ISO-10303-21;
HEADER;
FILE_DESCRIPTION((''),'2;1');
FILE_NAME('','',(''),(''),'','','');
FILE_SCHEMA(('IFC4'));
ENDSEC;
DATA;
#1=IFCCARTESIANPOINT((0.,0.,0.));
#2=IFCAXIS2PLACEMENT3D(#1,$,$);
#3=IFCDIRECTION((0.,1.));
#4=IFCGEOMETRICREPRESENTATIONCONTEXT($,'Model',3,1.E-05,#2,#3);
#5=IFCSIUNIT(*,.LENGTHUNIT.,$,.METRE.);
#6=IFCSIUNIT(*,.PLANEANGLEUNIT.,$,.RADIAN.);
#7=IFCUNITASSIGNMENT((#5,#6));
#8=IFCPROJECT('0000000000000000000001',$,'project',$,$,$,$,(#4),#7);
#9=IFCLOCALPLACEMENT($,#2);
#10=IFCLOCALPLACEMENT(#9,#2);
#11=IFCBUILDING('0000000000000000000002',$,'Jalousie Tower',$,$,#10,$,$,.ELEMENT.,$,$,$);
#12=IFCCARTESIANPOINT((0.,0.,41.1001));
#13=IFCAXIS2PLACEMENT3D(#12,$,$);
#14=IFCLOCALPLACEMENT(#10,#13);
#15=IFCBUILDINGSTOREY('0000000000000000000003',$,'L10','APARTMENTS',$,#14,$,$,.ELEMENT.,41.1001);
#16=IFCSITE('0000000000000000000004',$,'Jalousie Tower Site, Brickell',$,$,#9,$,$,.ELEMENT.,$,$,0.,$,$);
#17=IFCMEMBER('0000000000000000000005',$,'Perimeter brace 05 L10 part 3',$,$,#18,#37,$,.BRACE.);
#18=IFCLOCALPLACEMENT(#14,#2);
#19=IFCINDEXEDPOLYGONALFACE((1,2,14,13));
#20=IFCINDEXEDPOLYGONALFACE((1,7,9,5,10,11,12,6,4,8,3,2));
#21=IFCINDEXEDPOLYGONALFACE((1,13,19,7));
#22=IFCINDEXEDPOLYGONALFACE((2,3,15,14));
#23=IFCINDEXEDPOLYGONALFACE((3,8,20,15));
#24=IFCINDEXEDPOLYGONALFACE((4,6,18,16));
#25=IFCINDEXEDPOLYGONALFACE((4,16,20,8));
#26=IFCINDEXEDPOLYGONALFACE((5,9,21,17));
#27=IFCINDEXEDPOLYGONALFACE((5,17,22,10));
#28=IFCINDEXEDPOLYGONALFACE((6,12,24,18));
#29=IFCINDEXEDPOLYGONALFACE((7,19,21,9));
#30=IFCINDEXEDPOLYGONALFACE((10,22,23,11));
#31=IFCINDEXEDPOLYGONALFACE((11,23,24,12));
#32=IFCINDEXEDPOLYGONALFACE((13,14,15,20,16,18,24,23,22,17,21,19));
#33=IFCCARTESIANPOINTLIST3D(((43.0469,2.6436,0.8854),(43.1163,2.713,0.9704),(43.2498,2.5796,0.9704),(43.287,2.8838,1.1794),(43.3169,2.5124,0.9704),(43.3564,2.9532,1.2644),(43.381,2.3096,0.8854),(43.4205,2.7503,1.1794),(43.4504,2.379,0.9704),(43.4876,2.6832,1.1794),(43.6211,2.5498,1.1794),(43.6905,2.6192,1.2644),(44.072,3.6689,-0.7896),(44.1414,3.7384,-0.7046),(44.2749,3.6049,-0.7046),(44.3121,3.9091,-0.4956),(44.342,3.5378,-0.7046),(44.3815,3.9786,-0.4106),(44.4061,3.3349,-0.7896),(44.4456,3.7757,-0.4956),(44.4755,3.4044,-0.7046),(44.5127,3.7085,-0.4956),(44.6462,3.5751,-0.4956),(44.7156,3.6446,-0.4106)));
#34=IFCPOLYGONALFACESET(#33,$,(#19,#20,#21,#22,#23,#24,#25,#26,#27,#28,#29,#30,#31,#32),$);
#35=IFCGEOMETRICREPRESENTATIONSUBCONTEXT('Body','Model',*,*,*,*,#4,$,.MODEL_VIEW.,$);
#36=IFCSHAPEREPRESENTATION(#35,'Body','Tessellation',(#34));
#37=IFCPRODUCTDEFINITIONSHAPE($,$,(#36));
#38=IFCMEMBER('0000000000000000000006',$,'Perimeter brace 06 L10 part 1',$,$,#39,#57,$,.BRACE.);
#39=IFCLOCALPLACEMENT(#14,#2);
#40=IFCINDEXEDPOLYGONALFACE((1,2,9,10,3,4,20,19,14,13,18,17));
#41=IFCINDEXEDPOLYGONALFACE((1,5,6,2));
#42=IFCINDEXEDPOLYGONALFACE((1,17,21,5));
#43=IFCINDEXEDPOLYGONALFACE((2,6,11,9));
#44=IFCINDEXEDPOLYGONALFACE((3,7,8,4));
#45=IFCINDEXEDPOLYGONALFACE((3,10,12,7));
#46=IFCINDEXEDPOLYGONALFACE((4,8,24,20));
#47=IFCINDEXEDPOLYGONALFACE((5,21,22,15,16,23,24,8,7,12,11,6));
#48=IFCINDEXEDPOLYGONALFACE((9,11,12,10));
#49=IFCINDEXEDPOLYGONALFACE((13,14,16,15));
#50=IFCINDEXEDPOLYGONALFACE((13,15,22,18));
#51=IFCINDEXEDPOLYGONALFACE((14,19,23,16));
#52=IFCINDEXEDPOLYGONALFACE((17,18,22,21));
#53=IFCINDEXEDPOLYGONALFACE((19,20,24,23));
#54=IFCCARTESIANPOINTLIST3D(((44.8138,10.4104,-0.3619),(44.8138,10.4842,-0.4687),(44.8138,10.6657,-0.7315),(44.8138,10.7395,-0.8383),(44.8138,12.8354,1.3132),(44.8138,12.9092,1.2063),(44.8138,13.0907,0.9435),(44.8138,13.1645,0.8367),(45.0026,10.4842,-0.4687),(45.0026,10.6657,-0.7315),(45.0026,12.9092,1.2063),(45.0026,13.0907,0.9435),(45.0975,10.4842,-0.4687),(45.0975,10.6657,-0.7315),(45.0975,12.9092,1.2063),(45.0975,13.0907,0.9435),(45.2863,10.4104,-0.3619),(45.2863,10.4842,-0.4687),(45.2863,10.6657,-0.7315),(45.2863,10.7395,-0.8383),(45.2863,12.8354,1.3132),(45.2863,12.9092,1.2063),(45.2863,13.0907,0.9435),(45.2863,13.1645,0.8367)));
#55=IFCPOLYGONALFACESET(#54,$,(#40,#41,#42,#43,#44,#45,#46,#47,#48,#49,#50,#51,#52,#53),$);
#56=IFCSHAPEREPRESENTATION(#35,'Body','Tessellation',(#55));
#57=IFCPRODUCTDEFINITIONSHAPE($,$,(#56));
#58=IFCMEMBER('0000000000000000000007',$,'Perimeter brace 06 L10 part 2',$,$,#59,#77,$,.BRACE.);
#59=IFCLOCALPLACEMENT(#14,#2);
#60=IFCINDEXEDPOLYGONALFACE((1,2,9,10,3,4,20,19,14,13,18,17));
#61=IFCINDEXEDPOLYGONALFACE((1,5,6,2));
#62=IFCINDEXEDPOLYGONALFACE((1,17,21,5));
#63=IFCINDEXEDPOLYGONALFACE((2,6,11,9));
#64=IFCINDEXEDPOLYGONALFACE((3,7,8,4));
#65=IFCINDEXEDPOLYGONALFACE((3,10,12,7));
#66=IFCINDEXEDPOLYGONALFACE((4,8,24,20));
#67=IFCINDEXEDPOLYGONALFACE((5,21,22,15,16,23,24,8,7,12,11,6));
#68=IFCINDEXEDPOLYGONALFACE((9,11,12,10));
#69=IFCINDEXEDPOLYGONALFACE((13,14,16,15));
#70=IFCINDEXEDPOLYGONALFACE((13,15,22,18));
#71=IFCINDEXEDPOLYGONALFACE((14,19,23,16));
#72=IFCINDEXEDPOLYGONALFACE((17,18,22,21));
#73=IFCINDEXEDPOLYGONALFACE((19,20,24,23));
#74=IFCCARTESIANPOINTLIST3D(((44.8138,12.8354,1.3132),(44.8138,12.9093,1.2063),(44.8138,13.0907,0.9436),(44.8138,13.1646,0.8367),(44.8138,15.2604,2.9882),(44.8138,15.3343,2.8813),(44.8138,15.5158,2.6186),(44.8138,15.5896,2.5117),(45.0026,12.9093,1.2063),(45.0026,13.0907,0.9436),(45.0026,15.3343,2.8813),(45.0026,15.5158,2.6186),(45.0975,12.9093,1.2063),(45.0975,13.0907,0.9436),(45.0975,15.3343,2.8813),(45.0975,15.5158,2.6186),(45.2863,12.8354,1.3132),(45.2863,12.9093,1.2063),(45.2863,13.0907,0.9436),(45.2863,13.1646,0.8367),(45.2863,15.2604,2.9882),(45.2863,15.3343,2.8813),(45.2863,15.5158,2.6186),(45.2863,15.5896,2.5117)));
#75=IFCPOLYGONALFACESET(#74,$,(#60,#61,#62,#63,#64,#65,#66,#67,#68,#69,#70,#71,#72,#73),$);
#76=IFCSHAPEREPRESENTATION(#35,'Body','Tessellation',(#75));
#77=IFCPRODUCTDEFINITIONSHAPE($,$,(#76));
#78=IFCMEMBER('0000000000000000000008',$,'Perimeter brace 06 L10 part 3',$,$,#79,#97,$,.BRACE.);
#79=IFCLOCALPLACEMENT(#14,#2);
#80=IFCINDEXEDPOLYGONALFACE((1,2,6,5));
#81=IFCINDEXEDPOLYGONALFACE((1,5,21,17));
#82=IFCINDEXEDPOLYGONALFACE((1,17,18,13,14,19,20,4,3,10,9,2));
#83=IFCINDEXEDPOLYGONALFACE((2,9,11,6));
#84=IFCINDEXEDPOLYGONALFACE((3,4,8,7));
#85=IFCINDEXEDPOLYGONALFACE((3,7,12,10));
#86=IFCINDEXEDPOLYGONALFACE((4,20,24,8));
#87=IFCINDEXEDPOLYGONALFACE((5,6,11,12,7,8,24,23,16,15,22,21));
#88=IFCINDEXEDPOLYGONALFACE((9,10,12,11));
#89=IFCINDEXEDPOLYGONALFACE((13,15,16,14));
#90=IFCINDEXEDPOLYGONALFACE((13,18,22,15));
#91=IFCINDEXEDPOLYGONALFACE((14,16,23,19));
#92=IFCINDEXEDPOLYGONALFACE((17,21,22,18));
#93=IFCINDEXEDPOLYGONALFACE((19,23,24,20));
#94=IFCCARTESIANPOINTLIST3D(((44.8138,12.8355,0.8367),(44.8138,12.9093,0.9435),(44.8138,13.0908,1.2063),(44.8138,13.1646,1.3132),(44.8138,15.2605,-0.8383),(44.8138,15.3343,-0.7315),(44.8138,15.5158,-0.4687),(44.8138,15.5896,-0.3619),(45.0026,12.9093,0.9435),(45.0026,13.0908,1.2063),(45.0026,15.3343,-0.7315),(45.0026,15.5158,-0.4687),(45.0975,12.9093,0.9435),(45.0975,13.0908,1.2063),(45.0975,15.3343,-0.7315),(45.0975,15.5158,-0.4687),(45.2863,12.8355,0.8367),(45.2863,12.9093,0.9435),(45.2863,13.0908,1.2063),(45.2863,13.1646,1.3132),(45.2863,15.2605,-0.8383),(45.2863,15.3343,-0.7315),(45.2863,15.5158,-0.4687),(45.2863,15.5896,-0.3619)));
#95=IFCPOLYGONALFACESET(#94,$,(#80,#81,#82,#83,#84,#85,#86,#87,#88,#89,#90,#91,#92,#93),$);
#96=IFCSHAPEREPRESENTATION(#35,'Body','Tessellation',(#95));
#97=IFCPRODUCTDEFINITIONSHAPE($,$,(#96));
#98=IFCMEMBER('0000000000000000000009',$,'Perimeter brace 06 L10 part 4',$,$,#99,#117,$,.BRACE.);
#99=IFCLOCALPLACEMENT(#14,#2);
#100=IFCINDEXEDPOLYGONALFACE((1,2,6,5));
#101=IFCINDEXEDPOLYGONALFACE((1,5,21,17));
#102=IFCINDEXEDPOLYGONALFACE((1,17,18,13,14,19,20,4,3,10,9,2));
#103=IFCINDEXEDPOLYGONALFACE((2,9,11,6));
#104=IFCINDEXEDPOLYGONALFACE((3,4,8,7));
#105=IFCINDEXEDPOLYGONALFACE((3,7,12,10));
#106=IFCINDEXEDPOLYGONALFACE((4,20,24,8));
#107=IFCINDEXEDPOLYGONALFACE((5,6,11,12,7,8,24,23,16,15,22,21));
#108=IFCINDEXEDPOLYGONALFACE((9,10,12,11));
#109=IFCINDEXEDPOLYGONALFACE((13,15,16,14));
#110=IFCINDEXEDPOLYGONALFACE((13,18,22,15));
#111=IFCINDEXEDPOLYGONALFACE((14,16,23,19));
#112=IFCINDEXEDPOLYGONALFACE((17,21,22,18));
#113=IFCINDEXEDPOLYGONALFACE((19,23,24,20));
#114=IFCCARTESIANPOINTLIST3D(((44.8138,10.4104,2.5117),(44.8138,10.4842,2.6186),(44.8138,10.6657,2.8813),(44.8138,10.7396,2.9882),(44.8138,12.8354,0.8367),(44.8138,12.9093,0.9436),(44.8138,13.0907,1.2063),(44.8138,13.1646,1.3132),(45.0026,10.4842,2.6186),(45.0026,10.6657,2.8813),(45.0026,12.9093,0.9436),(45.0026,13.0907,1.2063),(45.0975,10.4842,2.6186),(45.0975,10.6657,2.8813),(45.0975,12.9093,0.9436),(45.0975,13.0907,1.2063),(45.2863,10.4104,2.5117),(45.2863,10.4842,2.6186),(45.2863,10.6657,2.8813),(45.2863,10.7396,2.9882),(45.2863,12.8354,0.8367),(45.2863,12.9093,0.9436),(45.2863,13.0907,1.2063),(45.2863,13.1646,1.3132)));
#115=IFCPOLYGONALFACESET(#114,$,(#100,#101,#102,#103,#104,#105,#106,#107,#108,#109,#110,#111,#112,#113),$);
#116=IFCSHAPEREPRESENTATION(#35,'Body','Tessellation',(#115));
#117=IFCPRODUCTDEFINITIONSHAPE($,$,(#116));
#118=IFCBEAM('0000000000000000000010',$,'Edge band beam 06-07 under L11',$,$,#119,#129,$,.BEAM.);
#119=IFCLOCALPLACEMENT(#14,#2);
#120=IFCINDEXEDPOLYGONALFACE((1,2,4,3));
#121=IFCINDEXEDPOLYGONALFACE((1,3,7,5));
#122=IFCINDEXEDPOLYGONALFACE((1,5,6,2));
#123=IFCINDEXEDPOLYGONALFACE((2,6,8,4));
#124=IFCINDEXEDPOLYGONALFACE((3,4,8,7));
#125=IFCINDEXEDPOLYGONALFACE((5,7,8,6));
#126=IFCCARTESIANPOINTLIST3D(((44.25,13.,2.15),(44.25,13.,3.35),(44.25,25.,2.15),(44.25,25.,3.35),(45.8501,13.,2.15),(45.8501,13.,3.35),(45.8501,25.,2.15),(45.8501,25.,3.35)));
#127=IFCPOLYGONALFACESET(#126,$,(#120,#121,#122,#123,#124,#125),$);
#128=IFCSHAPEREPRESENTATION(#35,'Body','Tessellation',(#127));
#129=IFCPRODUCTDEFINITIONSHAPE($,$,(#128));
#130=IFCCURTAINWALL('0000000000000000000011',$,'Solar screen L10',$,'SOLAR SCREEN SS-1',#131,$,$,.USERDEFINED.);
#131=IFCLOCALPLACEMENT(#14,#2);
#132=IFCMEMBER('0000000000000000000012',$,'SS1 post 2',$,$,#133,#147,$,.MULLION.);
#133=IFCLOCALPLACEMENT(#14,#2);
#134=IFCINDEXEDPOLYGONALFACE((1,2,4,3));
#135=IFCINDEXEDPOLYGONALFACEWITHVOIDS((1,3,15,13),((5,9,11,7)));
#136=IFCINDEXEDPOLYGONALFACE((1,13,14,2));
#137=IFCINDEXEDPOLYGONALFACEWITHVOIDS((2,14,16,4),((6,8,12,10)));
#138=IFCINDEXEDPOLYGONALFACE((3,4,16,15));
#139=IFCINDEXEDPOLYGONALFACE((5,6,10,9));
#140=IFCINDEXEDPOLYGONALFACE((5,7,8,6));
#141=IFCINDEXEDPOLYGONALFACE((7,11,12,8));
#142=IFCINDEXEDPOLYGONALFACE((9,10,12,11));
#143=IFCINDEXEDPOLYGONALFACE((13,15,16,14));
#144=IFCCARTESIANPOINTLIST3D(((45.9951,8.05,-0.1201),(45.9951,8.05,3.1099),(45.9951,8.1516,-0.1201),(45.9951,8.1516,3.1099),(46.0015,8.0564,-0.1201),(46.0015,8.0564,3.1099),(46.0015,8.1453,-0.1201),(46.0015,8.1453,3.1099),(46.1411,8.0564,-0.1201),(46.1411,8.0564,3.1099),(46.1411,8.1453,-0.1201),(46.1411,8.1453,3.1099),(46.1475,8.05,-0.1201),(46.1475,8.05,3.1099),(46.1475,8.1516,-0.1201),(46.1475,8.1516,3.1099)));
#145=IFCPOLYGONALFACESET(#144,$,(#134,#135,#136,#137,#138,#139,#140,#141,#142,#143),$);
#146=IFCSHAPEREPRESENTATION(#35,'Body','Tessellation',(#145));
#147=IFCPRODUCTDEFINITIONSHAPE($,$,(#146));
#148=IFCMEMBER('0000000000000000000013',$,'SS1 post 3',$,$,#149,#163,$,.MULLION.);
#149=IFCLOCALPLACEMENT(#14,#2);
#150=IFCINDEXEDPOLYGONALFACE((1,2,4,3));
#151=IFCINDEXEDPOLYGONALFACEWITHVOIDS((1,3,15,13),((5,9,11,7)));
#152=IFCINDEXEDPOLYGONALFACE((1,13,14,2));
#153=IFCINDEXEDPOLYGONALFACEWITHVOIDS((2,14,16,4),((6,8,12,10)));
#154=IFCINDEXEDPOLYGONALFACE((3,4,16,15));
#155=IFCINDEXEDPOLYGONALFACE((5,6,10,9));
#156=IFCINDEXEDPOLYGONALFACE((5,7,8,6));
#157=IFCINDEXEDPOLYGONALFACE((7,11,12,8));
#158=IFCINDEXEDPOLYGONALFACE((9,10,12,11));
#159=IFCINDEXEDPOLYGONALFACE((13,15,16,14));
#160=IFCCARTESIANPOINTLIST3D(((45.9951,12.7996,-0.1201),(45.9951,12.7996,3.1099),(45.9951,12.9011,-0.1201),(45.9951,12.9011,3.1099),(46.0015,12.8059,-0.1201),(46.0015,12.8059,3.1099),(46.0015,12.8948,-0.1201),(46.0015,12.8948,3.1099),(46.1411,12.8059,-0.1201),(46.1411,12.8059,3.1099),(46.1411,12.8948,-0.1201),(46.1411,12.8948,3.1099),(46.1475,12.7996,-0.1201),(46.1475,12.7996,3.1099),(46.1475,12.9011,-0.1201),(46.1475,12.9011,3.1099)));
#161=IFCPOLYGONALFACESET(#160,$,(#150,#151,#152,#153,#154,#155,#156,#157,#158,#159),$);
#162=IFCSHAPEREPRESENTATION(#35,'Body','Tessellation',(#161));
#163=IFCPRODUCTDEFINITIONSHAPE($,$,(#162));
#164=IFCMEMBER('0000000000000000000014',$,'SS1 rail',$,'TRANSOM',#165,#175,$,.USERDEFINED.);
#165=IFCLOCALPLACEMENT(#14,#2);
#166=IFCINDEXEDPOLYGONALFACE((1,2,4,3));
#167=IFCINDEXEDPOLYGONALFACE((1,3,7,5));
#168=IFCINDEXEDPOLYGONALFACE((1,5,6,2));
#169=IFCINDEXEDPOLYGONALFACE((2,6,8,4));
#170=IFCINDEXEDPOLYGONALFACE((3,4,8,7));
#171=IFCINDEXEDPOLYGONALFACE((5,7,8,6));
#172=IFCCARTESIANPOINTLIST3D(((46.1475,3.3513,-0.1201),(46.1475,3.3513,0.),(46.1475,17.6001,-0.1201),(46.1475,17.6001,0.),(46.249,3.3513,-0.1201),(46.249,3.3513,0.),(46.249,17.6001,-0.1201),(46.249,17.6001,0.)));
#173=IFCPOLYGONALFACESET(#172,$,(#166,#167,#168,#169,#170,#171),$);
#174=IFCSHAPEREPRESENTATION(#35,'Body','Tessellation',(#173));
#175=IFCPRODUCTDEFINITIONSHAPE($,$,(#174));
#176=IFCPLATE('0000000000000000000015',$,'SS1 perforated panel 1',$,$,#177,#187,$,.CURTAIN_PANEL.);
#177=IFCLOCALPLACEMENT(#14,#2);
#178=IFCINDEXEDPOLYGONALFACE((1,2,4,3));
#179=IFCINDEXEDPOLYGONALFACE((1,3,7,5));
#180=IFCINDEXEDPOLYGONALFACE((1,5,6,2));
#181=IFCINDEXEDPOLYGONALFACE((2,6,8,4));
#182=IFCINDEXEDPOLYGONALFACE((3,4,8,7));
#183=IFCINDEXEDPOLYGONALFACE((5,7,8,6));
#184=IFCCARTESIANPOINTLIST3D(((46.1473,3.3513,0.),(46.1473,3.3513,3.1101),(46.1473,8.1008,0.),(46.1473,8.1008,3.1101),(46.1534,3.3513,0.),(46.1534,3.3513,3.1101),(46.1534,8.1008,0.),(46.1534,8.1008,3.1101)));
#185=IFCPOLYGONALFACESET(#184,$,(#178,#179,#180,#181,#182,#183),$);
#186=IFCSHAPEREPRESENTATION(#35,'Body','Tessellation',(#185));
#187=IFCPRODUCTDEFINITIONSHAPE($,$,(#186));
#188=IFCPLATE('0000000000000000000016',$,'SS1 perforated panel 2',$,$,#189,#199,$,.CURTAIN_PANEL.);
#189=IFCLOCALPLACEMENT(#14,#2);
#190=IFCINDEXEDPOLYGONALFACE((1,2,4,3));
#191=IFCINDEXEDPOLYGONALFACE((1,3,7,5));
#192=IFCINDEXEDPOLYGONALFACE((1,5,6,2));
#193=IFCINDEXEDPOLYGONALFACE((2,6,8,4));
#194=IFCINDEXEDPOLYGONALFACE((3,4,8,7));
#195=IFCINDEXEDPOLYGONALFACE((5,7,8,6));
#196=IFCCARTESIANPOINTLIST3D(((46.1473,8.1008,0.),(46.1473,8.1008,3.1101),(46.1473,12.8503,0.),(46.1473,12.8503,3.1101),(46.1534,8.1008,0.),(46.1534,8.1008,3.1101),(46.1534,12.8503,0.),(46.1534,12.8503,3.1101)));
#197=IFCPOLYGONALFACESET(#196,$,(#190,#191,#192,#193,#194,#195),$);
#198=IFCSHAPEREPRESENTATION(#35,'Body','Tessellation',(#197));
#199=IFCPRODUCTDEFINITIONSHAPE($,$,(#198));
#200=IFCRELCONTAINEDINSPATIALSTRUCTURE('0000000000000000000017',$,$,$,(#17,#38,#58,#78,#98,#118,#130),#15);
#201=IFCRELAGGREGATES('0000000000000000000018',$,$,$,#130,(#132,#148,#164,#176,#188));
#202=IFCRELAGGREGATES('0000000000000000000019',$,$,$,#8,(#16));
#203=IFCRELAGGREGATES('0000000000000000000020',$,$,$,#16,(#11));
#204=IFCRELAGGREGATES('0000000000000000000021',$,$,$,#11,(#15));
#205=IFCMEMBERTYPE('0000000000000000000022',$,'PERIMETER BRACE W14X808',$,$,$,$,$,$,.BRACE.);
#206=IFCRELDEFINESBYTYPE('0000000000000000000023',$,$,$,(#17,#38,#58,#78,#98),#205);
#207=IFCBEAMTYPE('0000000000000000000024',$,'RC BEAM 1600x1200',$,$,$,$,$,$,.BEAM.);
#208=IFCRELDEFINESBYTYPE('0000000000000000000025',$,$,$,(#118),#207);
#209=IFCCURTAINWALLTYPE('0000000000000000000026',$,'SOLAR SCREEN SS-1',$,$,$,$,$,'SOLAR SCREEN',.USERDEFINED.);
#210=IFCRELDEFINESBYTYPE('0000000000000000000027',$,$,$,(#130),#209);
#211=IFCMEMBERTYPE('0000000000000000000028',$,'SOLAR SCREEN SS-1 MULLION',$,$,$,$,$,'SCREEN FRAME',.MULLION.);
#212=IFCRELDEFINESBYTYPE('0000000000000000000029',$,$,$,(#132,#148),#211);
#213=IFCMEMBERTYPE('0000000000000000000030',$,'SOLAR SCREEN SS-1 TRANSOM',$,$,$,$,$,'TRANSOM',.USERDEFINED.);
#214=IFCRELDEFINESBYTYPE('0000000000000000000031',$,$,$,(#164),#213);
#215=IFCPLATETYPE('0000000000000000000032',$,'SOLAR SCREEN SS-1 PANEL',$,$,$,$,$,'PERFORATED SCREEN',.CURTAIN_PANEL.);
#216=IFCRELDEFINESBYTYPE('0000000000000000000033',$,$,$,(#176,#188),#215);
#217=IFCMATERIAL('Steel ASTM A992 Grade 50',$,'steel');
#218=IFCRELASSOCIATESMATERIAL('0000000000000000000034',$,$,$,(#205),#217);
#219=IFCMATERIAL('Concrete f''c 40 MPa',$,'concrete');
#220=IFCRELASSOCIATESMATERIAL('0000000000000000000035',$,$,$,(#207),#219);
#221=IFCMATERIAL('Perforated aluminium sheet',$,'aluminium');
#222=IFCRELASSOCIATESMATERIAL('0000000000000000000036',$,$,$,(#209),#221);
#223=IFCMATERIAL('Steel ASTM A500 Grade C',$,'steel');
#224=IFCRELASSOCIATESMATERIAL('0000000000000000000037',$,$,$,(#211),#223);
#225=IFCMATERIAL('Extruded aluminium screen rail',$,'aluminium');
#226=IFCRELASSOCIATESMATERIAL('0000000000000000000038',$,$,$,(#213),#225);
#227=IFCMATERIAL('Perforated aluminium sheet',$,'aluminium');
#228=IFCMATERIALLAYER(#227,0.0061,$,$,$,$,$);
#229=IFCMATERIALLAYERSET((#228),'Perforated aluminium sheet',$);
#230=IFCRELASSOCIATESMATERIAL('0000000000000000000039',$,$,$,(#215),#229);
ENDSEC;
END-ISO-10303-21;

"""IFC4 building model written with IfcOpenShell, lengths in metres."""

from ifc_helpers import new_model, si_unit, direction, frame, origin, origin_2d, place, context, subcontext, project, spatial, rectangle, hollow_rectangle, i_section, extrude, material, layer, layer_set, material_profile, profile_set, type_object, element, aggregate, save


model = new_model("IFC4")

# Units and contexts
model_context = context("Model", 3, precision=1e-05, world=origin(), true_north=direction((0.0, 1.0)))
body_context = subcontext(model_context, "Body", "Model", "MODEL_VIEW")
ifc_project = project(units=[si_unit("LENGTHUNIT", "METRE"), si_unit("PLANEANGLEUNIT", "RADIAN")], contexts=[model_context])

# Site, building, storey
site_placement = place(None, origin())
site = spatial("IfcSite", under=ifc_project, at=site_placement, Name="Jalousie Tower Site, Brickell", CompositionType="ELEMENT", RefElevation=0.0)
building_placement = place(site_placement, origin())
building = spatial("IfcBuilding", under=site, at=building_placement, Name="Jalousie Tower", CompositionType="ELEMENT")
storey_placement = place(building_placement, frame((0.0, 0.0, 41.1001)))
storey = spatial("IfcBuildingStorey", under=building, at=storey_placement, Name="L10", Description="APARTMENTS", CompositionType="ELEMENT", Elevation=41.1001)

# Members
ifc_material_1 = material(Name="Steel ASTM A992 Grade 50", Category="steel")
ifc_material_profile_1 = material_profile(ifc_material_1, i_section(OverallWidth=0.4724, OverallDepth=0.5791, WebThickness=0.095, FlangeThickness=0.1299, at=origin_2d()), Name="W14X808")
ifc_profile_set_1 = profile_set([ifc_material_profile_1], Name="Steel ASTM A992 Grade 50")
member_type_1 = type_object("IfcMemberType", Name="PERIMETER BRACE W14X808", PredefinedType="BRACE", material=ifc_profile_set_1)
member_1_placement = place(storey_placement, frame((44.3938, 3.6567, -0.6001), z_axis=(-0.46273, -0.46284, 0.756082), x_axis=(0.707191, -0.707023, 0.0)))
element("IfcMember", 1, at=member_1_placement, inside=storey, type_object=member_type_1, Name="Perimeter brace 05 L10 part 3", PredefinedType="BRACE", context=body_context, shape_type="SweptSolid", body=[
    extrude(i_section(OverallWidth=0.4724, OverallDepth=0.5791, WebThickness=0.095, FlangeThickness=0.1299, at=origin_2d()), origin(), (0.0, 0.0, 1.0), 2.2153),
])
for number, where, z_axis, x_axis, name in (
    (2, (45.05, 10.575, -0.6001), (0.0, 0.8228, 0.568331), (-1.0, 0.0, 0.0), "Perimeter brace 06 L10 part 1"),
    (3, (45.05, 13.0, 1.075), (0.0, 0.8228, 0.568331), (-1.0, 0.0, 0.0), "Perimeter brace 06 L10 part 2"),
    (4, (45.05, 15.425, -0.6001), (0.0, -0.8228, 0.568331), (1.0, 0.0, 0.0), "Perimeter brace 06 L10 part 3"),
    (5, (45.05, 13.0, 1.075), (0.0, -0.8228, 0.568331), (1.0, 0.0, 0.0), "Perimeter brace 06 L10 part 4"),
):
    element("IfcMember", number, at=place(storey_placement, frame(where, z_axis=z_axis, x_axis=x_axis)), inside=storey, type_object=member_type_1, Name=name, PredefinedType="BRACE", context=body_context, shape_type="SweptSolid", body=[
        extrude(i_section(OverallWidth=0.4724, OverallDepth=0.5791, WebThickness=0.095, FlangeThickness=0.1299, at=origin_2d()), origin(), (0.0, 0.0, 1.0), 2.9473),
    ])

# Beam
ifc_material_2 = material(Name="Concrete f'c 40 MPa", Category="concrete")
ifc_material_profile_2 = material_profile(ifc_material_2, rectangle(XDim=1.6001, YDim=1.2, at=origin_2d()), Name="RC 1600x1200")
ifc_profile_set_2 = profile_set([ifc_material_profile_2], Name="Concrete f'c 40 MPa")
beam_type = type_object("IfcBeamType", Name="RC BEAM 1600x1200", PredefinedType="BEAM", material=ifc_profile_set_2)
beam_placement = place(storey_placement, frame((45.05, 13.0, 2.75), z_axis=(0.0, 1.0, 0.0), x_axis=(-1.0, 0.0, 0.0)))
element("IfcBeam", 6, at=beam_placement, inside=storey, type_object=beam_type, Name="Edge band beam 06-07 under L11", PredefinedType="BEAM", context=body_context, shape_type="SweptSolid", body=[
    extrude(rectangle(XDim=1.6001, YDim=1.2, at=origin_2d()), origin(), (0.0, 0.0, 1.0), 12.0),
])

# Curtain wall, members, plates
ifc_material_3 = material(Name="Perforated aluminium sheet", Category="aluminium")
curtain_wall_type = type_object("IfcCurtainWallType", Name="SOLAR SCREEN SS-1", ElementType="SOLAR SCREEN", PredefinedType="USERDEFINED", material=ifc_material_3)
curtain_wall_placement = place(storey_placement, origin())
curtain_wall = element("IfcCurtainWall", 7, at=curtain_wall_placement, inside=storey, type_object=curtain_wall_type, Name="Solar screen L10", ObjectType="SOLAR SCREEN SS-1", PredefinedType="USERDEFINED")
ifc_material_4 = material(Name="Steel ASTM A500 Grade C", Category="steel")
ifc_material_profile_3 = material_profile(ifc_material_4, hollow_rectangle(XDim=0.1016, YDim=0.1523, WallThickness=0.0063, at=origin_2d()), Name="HSS6X4X1/4")
ifc_profile_set_3 = profile_set([ifc_material_profile_3], Name="Steel ASTM A500 Grade C")
member_type_2 = type_object("IfcMemberType", Name="SOLAR SCREEN SS-1 MULLION", ElementType="SCREEN FRAME", PredefinedType="MULLION", material=ifc_profile_set_3)
member_2_placement = place(storey_placement, frame((46.0713, 8.1008, -0.1201), z_axis=(0.0, 0.0, 1.0), x_axis=(0.0, 1.0, 0.0)))
member_2 = element("IfcMember", 8, at=member_2_placement, type_object=member_type_2, Name="SS1 post 2", PredefinedType="MULLION", context=body_context, shape_type="SweptSolid", body=[
    extrude(hollow_rectangle(XDim=0.1016, YDim=0.1523, WallThickness=0.0063, at=origin_2d()), origin(), (0.0, 0.0, 1.0), 3.23),
])
member_3_placement = place(storey_placement, frame((46.0713, 12.8503, -0.1201), z_axis=(0.0, 0.0, 1.0), x_axis=(0.0, 1.0, 0.0)))
member_3 = element("IfcMember", 9, at=member_3_placement, type_object=member_type_2, Name="SS1 post 3", PredefinedType="MULLION", context=body_context, shape_type="SweptSolid", body=[
    extrude(hollow_rectangle(XDim=0.1016, YDim=0.1523, WallThickness=0.0063, at=origin_2d()), origin(), (0.0, 0.0, 1.0), 3.23),
])
ifc_material_5 = material(Name="Extruded aluminium screen rail", Category="aluminium")
ifc_material_profile_4 = material_profile(ifc_material_5, rectangle(XDim=0.1016, YDim=0.1201, at=origin_2d()), Name="RAIL 102x120")
ifc_profile_set_4 = profile_set([ifc_material_profile_4], Name="Extruded aluminium screen rail")
member_type_3 = type_object("IfcMemberType", Name="SOLAR SCREEN SS-1 TRANSOM", ElementType="TRANSOM", PredefinedType="USERDEFINED", material=ifc_profile_set_4)
member_4_placement = place(storey_placement, frame((46.1982, 3.3513, -0.0601), z_axis=(0.0, 1.0, 0.0), x_axis=(-1.0, 0.0, 0.0)))
member_4 = element("IfcMember", 10, at=member_4_placement, type_object=member_type_3, Name="SS1 rail", ObjectType="TRANSOM", PredefinedType="USERDEFINED", context=body_context, shape_type="SweptSolid", body=[
    extrude(rectangle(XDim=0.1016, YDim=0.1201, at=origin_2d()), origin(), (0.0, 0.0, 1.0), 14.2488),
])
ifc_material_6 = material(Name="Perforated aluminium sheet", Category="aluminium")
ifc_layer_1 = layer(ifc_material_6, 0.0061)
ifc_layer_set_1 = layer_set([ifc_layer_1], Name="Perforated aluminium sheet")
plate_type = type_object("IfcPlateType", Name="SOLAR SCREEN SS-1 PANEL", ElementType="PERFORATED SCREEN", PredefinedType="CURTAIN_PANEL", material=ifc_layer_set_1)
plate_1_placement = place(storey_placement, frame((46.1504, 5.7261, 0.0), z_axis=(0.0, 0.0, 1.0), x_axis=(0.0, 1.0, 0.0)))
plate_1 = element("IfcPlate", 11, at=plate_1_placement, type_object=plate_type, Name="SS1 perforated panel 1", PredefinedType="CURTAIN_PANEL", context=body_context, shape_type="SweptSolid", body=[
    extrude(rectangle(XDim=4.7495, YDim=0.0061, at=origin_2d()), origin(), (0.0, 0.0, 1.0), 3.1101),
])
plate_2_placement = place(storey_placement, frame((46.1504, 10.4756, 0.0), z_axis=(0.0, 0.0, 1.0), x_axis=(0.0, 1.0, 0.0)))
plate_2 = element("IfcPlate", 12, at=plate_2_placement, type_object=plate_type, Name="SS1 perforated panel 2", PredefinedType="CURTAIN_PANEL", context=body_context, shape_type="SweptSolid", body=[
    extrude(rectangle(XDim=4.7495, YDim=0.0061, at=origin_2d()), origin(), (0.0, 0.0, 1.0), 3.1101),
])
aggregate(curtain_wall, [member_2, member_3, member_4, plate_1, plate_2])

save(model, "model.ifc")
